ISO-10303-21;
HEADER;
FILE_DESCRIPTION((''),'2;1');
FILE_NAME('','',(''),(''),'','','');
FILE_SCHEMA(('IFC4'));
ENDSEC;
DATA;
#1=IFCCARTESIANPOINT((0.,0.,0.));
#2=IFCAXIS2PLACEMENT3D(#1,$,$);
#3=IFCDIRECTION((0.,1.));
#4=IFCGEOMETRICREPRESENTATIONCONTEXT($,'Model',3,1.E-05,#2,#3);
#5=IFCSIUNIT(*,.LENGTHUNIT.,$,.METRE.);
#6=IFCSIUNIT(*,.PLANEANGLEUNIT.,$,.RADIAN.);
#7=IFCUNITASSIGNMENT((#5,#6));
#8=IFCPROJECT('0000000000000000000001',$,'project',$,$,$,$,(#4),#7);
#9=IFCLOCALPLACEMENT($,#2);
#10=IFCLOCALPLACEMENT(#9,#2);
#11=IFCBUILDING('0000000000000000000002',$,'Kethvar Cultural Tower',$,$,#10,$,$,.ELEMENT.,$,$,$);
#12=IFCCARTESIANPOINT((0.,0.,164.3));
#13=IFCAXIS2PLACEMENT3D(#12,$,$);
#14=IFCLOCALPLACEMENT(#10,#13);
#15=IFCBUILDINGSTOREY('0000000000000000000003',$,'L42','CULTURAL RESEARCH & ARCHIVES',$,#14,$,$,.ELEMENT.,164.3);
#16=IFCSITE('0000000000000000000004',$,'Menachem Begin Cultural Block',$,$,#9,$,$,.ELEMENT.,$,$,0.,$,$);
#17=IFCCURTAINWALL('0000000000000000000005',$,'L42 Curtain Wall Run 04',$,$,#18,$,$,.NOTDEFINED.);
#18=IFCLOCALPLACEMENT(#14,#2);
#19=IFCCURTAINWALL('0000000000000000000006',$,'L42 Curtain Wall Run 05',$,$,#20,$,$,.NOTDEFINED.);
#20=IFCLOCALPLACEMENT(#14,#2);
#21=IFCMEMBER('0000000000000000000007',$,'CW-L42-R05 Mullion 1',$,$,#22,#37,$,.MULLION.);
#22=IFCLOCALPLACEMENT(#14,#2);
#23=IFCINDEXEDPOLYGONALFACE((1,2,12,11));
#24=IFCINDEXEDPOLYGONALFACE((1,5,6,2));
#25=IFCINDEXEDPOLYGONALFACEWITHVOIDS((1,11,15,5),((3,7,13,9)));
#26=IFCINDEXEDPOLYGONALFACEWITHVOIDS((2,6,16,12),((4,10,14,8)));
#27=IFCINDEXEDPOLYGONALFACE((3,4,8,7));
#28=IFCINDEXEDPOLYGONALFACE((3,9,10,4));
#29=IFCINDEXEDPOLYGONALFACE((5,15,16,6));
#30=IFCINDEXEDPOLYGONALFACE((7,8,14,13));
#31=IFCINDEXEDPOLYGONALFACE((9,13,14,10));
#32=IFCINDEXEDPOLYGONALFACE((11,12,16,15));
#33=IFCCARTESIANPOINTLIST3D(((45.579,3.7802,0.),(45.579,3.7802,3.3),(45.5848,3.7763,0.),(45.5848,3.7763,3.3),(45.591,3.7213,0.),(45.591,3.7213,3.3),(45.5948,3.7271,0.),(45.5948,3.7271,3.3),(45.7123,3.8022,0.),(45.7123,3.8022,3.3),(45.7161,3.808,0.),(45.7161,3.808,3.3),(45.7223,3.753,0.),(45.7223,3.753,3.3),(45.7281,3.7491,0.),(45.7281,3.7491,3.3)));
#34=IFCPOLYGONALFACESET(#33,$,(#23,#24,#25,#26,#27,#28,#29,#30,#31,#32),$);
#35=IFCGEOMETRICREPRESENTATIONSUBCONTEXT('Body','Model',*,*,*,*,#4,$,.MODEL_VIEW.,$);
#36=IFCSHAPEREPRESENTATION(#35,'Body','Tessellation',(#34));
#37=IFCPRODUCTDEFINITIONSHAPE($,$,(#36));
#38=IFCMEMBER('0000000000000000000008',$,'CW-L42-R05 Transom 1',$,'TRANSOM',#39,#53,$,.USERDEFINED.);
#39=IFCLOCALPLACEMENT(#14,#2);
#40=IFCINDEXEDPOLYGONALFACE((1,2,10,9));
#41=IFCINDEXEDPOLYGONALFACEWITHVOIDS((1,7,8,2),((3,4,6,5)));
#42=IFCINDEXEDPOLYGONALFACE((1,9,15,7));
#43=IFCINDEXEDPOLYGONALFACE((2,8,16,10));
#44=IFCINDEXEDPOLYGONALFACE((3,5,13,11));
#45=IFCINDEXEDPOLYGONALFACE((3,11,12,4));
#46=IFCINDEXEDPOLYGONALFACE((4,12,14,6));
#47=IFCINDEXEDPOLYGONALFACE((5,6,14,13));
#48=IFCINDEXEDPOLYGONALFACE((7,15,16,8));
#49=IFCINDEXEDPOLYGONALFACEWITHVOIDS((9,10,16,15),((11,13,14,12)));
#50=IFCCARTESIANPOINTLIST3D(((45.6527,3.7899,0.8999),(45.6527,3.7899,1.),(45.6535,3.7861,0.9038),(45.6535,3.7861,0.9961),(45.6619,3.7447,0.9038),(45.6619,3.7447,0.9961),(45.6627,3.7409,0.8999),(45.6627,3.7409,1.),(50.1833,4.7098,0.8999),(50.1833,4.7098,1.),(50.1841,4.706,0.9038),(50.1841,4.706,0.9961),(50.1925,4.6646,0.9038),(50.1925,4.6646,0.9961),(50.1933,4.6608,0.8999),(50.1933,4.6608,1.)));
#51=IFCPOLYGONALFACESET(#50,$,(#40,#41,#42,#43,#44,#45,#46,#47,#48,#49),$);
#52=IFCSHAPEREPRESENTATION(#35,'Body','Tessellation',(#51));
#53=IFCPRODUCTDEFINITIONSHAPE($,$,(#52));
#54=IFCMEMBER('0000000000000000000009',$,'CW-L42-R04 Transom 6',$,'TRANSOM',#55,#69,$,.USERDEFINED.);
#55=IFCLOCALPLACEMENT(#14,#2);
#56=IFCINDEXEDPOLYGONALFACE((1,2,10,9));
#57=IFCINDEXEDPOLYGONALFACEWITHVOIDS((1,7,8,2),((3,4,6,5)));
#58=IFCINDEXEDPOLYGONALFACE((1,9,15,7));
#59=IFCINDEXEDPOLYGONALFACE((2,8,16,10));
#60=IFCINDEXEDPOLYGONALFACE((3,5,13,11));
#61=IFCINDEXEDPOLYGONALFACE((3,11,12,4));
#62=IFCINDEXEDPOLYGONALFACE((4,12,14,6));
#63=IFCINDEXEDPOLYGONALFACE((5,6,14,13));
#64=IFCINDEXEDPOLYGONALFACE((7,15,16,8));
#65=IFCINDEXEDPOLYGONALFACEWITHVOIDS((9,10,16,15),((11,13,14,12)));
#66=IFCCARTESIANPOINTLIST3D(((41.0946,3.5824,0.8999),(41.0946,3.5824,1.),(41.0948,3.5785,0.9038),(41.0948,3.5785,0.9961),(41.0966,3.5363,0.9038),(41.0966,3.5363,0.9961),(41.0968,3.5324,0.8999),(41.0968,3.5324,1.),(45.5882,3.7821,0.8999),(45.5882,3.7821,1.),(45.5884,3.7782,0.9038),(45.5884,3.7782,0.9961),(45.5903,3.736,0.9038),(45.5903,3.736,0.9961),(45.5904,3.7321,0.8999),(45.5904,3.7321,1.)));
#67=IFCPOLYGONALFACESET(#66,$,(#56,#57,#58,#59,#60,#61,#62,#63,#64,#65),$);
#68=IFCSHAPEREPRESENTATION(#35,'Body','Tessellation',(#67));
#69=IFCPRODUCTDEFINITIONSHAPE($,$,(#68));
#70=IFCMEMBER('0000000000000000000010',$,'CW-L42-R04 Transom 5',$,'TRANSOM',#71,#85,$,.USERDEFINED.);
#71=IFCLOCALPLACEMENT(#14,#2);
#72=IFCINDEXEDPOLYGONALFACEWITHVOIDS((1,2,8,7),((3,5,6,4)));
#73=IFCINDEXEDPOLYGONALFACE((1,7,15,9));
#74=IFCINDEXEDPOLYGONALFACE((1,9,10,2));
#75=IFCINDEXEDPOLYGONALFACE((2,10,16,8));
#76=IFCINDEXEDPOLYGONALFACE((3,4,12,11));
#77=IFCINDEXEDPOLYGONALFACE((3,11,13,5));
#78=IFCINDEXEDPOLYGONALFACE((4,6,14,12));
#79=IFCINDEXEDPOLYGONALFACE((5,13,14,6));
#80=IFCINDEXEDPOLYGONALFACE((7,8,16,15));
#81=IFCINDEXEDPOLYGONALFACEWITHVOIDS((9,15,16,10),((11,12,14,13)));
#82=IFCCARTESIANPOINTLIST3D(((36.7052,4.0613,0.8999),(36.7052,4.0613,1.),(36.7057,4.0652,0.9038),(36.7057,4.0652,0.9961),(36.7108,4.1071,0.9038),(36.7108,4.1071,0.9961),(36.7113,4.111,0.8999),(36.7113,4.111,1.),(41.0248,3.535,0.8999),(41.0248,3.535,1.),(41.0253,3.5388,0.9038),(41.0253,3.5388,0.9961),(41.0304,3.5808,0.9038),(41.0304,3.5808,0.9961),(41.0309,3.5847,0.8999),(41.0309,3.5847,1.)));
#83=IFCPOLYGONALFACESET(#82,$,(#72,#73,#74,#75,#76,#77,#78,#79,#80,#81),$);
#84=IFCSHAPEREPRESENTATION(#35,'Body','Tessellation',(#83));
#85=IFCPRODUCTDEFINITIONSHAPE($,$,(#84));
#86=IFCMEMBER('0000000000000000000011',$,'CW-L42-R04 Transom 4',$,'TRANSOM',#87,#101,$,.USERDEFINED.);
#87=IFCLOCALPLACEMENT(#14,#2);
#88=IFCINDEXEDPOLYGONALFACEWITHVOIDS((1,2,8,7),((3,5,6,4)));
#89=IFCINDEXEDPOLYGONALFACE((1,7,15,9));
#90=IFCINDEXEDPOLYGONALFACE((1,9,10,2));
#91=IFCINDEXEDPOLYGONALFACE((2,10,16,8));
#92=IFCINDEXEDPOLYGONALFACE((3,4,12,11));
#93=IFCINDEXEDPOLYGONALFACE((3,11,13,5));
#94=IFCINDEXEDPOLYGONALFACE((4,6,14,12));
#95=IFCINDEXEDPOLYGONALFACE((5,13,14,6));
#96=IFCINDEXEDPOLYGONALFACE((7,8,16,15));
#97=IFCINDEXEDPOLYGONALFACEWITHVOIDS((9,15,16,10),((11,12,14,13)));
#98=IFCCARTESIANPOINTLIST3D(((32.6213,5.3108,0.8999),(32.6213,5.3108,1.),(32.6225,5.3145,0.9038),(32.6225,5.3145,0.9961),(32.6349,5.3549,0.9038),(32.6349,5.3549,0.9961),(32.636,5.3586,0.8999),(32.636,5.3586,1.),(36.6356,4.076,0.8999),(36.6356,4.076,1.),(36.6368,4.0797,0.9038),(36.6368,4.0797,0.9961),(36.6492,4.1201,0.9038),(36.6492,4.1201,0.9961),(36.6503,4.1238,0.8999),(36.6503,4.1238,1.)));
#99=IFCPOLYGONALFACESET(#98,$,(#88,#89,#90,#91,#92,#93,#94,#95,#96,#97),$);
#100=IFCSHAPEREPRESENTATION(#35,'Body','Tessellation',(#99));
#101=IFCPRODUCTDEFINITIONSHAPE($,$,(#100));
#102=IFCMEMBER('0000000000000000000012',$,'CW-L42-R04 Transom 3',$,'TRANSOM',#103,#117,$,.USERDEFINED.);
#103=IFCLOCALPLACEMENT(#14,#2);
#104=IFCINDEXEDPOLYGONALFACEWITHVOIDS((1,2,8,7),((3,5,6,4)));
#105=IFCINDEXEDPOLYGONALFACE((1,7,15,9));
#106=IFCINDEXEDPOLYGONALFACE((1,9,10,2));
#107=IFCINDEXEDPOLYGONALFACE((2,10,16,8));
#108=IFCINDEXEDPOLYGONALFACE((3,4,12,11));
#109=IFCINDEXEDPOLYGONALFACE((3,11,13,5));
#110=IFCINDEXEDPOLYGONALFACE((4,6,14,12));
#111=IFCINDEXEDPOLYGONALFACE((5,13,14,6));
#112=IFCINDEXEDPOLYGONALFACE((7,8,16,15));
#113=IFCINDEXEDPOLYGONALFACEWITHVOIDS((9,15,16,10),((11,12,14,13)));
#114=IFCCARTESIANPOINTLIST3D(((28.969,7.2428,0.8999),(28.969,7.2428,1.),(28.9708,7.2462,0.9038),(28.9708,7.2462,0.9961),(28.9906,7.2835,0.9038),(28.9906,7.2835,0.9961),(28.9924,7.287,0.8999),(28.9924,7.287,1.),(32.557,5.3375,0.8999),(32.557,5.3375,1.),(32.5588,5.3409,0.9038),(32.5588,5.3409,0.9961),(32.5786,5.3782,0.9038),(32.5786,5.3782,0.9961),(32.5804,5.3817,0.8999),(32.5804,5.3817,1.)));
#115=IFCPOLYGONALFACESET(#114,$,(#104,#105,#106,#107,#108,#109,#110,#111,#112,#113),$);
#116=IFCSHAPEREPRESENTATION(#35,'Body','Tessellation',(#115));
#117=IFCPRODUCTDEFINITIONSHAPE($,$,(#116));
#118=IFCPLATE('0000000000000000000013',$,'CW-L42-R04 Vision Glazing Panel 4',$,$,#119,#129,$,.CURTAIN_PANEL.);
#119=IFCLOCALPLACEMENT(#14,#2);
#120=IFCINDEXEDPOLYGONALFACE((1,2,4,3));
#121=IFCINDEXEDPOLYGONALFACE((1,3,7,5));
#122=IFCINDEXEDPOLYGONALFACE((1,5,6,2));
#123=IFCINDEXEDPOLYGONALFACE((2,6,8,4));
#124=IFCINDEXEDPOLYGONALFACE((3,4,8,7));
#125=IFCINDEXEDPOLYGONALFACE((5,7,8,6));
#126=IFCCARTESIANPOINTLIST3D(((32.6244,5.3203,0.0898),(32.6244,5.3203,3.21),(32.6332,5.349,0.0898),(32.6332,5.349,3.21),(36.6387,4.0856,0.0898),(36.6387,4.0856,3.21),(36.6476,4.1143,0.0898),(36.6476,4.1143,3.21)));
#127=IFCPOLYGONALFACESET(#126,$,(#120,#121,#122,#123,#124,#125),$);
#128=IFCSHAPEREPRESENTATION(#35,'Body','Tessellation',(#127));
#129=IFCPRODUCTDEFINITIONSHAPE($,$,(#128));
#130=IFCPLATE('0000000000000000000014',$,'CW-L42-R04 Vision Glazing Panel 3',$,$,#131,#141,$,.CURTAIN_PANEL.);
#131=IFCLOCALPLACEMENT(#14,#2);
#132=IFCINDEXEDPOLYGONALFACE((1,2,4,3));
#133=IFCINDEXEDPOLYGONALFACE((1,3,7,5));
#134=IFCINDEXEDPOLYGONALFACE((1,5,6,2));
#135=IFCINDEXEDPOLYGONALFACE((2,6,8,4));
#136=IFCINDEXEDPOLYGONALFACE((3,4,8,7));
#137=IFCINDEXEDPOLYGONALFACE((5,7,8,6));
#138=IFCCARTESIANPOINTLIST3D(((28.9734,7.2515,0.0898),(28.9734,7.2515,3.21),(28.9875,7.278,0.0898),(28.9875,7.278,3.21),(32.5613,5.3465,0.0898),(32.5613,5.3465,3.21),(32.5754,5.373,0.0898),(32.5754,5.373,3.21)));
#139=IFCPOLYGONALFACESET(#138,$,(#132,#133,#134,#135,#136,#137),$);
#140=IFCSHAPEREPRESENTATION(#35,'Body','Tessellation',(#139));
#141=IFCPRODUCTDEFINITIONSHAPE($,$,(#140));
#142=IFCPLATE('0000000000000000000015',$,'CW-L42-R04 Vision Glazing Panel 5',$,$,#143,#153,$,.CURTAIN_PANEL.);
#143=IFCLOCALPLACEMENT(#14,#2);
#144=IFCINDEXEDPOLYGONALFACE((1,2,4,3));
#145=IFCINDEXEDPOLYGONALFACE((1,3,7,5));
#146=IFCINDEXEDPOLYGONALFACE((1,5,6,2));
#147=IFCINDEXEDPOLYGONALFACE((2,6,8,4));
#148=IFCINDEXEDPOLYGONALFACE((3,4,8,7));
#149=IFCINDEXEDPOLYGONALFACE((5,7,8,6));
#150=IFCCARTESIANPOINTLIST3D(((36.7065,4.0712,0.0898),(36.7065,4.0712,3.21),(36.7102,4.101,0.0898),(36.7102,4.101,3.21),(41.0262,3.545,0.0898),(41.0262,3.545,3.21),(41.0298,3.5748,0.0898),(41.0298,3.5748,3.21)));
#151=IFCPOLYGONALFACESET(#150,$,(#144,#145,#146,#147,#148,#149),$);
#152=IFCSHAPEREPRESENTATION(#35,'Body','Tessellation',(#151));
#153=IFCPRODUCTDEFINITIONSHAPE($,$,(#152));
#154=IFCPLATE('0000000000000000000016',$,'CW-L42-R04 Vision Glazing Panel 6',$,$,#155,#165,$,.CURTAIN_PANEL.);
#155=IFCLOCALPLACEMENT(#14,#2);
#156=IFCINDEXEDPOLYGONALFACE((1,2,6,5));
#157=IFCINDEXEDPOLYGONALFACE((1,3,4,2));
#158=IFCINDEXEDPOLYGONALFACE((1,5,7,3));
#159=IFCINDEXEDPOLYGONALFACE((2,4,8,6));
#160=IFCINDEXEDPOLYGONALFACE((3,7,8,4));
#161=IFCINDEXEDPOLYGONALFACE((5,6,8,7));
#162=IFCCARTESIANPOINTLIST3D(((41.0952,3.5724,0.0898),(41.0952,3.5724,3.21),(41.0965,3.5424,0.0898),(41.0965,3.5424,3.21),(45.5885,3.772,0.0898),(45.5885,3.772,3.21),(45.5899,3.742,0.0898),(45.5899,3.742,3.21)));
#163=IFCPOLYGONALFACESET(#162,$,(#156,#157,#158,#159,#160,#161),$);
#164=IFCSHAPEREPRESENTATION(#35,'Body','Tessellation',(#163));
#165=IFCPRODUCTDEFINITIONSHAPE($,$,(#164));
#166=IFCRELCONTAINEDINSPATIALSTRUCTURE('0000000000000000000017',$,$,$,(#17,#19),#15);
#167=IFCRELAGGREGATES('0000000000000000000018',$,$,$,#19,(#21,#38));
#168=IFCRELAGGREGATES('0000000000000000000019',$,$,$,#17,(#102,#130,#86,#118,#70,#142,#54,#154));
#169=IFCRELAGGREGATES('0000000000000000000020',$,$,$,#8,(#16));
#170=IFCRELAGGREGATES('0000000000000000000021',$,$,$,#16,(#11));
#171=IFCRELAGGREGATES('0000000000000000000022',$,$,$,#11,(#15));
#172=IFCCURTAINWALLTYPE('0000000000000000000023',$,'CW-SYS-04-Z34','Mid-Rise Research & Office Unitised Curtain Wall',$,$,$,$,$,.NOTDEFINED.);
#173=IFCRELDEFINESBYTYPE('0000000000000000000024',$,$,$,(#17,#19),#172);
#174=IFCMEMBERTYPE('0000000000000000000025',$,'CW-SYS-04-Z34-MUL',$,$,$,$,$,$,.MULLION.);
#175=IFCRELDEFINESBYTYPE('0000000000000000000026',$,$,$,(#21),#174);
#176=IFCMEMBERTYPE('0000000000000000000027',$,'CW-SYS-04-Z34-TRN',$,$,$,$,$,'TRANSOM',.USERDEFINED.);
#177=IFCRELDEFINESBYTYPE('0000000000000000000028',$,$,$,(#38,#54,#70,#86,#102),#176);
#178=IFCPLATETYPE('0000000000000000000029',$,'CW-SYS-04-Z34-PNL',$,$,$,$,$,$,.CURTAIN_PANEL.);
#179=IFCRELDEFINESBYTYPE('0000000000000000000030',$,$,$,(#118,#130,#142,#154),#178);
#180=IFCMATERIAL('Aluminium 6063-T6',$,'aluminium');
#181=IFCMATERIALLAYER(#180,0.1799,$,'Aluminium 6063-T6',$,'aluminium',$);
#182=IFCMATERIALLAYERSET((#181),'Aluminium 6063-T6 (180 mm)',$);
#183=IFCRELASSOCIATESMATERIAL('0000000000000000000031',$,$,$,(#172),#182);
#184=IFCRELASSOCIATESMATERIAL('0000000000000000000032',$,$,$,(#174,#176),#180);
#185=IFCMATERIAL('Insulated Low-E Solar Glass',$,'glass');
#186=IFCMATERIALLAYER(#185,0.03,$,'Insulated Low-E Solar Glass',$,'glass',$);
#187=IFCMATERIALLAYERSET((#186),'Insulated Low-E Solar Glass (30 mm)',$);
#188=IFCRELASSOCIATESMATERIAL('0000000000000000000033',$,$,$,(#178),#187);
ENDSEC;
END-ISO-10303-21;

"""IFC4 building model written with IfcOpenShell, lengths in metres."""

from ifc_helpers import new_model, si_unit, direction, frame, origin, origin_2d, place, context, subcontext, project, spatial, rectangle, hollow_rectangle, extrude, source, transform, mapped, material, layer, layer_set, material_profile, profile_set, type_object, element, aggregate, save


model = new_model("IFC4")

# Units and contexts
model_context = context("Model", 3, precision=1e-05, world=origin(), true_north=direction((0.0, 1.0)))
body_context = subcontext(model_context, "Body", "Model", "MODEL_VIEW")
ifc_project = project(units=[si_unit("LENGTHUNIT", "METRE"), si_unit("PLANEANGLEUNIT", "RADIAN")], contexts=[model_context])

# Site, building, storey
site_placement = place(None, origin())
site = spatial("IfcSite", under=ifc_project, at=site_placement, Name="Menachem Begin Cultural Block", CompositionType="ELEMENT", RefElevation=0.0)
building_placement = place(site_placement, origin())
building = spatial("IfcBuilding", under=site, at=building_placement, Name="Kethvar Cultural Tower", CompositionType="ELEMENT")
storey_placement = place(building_placement, frame((0.0, 0.0, 164.3)))
storey = spatial("IfcBuildingStorey", under=building, at=storey_placement, Name="L42", Description="CULTURAL RESEARCH & ARCHIVES", CompositionType="ELEMENT", Elevation=164.3)

# Curtain walls, members
ifc_material_1 = material(Name="Aluminium 6063-T6", Category="aluminium")
ifc_layer_1 = layer(ifc_material_1, 0.1799, Name="Aluminium 6063-T6", Category="aluminium")
ifc_layer_set_1 = layer_set([ifc_layer_1], Name="Aluminium 6063-T6 (180 mm)")
curtain_wall_type = type_object("IfcCurtainWallType", Name="CW-SYS-04-Z34", Description="Mid-Rise Research & Office Unitised Curtain Wall", PredefinedType="NOTDEFINED", material=ifc_layer_set_1)
curtain_wall_1_placement = place(storey_placement, origin())
curtain_wall_1 = element("IfcCurtainWall", 1, at=curtain_wall_1_placement, inside=storey, type_object=curtain_wall_type, Name="L42 Curtain Wall Run 04", PredefinedType="NOTDEFINED")
ifc_material_profile_1 = material_profile(ifc_material_1, hollow_rectangle(XDim=0.0601, YDim=0.1399, WallThickness=0.0049, at=origin_2d()), Name="Aluminium 6063-T6 — RHS140x60x5")
ifc_profile_set_1 = profile_set([ifc_material_profile_1], Name="Aluminium 6063-T6 — RHS140x60x5")
member_type_1 = type_object("IfcMemberType", Name="CW-SYS-04-Z34-MUL", PredefinedType="MULLION", material=ifc_profile_set_1)
shared_shape_1 = source(origin(), body_context, "Body", "SweptSolid", [
    extrude(hollow_rectangle(XDim=0.0601, YDim=0.1399, WallThickness=0.0049, at=origin_2d()), origin(), (0.0, 0.0, 1.0), 3.3),
])
curtain_wall_2_placement = place(storey_placement, origin())
curtain_wall_2 = element("IfcCurtainWall", 2, at=curtain_wall_2_placement, inside=storey, type_object=curtain_wall_type, Name="L42 Curtain Wall Run 05", PredefinedType="NOTDEFINED")
member_1_placement = place(storey_placement, frame((45.6536, 3.7646, 0.0), z_axis=(0.0, 0.0, 1.0), x_axis=(-0.199009, 0.979998, 0.0)))
member_1 = element("IfcMember", 3, at=member_1_placement, type_object=member_type_1, Name="CW-L42-R05 Mullion 1", PredefinedType="MULLION", context=body_context, shape_type="MappedRepresentation", body=[
    mapped(shared_shape_1, transform((0.0, 0.0, 0.0), scale=1.0)),
])
ifc_material_profile_2 = material_profile(ifc_material_1, hollow_rectangle(XDim=0.05, YDim=0.1001, WallThickness=0.0039, at=origin_2d()), Name="Aluminium 6063-T6 — RHS100x50x4")
ifc_profile_set_2 = profile_set([ifc_material_profile_2], Name="Aluminium 6063-T6 — RHS100x50x4")
member_type_2 = type_object("IfcMemberType", Name="CW-SYS-04-Z34-TRN", ElementType="TRANSOM", PredefinedType="USERDEFINED", material=ifc_profile_set_2)
shared_shape_2 = source(origin(), body_context, "Body", "SweptSolid", [
    extrude(hollow_rectangle(XDim=0.05, YDim=0.1001, WallThickness=0.0039, at=origin_2d()), origin(), (0.0, 0.0, 1.0), 4.623),
])
member_2_placement = place(storey_placement, frame((45.6577, 3.7654, 0.95), z_axis=(0.980002, 0.198989, 0.0), x_axis=(-0.198989, 0.980002, 0.0)))
member_2 = element("IfcMember", 4, at=member_2_placement, type_object=member_type_2, Name="CW-L42-R05 Transom 1", ObjectType="TRANSOM", PredefinedType="USERDEFINED", context=body_context, shape_type="MappedRepresentation", body=[
    mapped(shared_shape_2, transform((0.0, 0.0, 0.0), scale=1.0)),
])
aggregate(curtain_wall_2, [member_1, member_2])

# Members
shared_shape_3 = source(origin(), body_context, "Body", "SweptSolid", [
    extrude(hollow_rectangle(XDim=0.05, YDim=0.1001, WallThickness=0.0039, at=origin_2d()), origin(), (0.0, 0.0, 1.0), 4.498),
])
member_3_placement = place(storey_placement, frame((41.0957, 3.5574, 0.95), z_axis=(0.999014, 0.044398, 0.0), x_axis=(-0.044398, 0.999014, 0.0)))
member_3 = element("IfcMember", 5, at=member_3_placement, type_object=member_type_2, Name="CW-L42-R04 Transom 6", ObjectType="TRANSOM", PredefinedType="USERDEFINED", context=body_context, shape_type="MappedRepresentation", body=[
    mapped(shared_shape_3, transform((0.0, 0.0, 0.0), scale=1.0)),
])
shared_shape_4 = source(origin(), body_context, "Body", "SweptSolid", [
    extrude(hollow_rectangle(XDim=0.05, YDim=0.1001, WallThickness=0.0039, at=origin_2d()), origin(), (0.0, 0.0, 1.0), 4.3516),
])
member_4_placement = place(storey_placement, frame((36.7083, 4.0862, 0.95), z_axis=(0.992657, -0.120961, 0.0), x_axis=(0.120961, 0.992657, 0.0)))
member_4 = element("IfcMember", 6, at=member_4_placement, type_object=member_type_2, Name="CW-L42-R04 Transom 5", ObjectType="TRANSOM", PredefinedType="USERDEFINED", context=body_context, shape_type="MappedRepresentation", body=[
    mapped(shared_shape_4, transform((0.0, 0.0, 0.0), scale=1.0)),
])
shared_shape_5 = source(origin(), body_context, "Body", "SweptSolid", [
    extrude(hollow_rectangle(XDim=0.05, YDim=0.1001, WallThickness=0.0039, at=origin_2d()), origin(), (0.0, 0.0, 1.0), 4.2),
])
member_5_placement = place(storey_placement, frame((32.6287, 5.3347, 0.95), z_axis=(0.955802, -0.294012, 0.0), x_axis=(0.294012, 0.955802, 0.0)))
member_5 = element("IfcMember", 7, at=member_5_placement, type_object=member_type_2, Name="CW-L42-R04 Transom 4", ObjectType="TRANSOM", PredefinedType="USERDEFINED", context=body_context, shape_type="MappedRepresentation", body=[
    mapped(shared_shape_5, transform((0.0, 0.0, 0.0), scale=1.0)),
])
shared_shape_6 = source(origin(), body_context, "Body", "SweptSolid", [
    extrude(hollow_rectangle(XDim=0.05, YDim=0.1001, WallThickness=0.0039, at=origin_2d()), origin(), (0.0, 0.0, 1.0), 4.0625),
])
member_6_placement = place(storey_placement, frame((28.9807, 7.2649, 0.95), z_axis=(0.883197, -0.469003, 0.0), x_axis=(0.469003, 0.883197, 0.0)))
member_6 = element("IfcMember", 8, at=member_6_placement, type_object=member_type_2, Name="CW-L42-R04 Transom 3", ObjectType="TRANSOM", PredefinedType="USERDEFINED", context=body_context, shape_type="MappedRepresentation", body=[
    mapped(shared_shape_6, transform((0.0, 0.0, 0.0), scale=1.0)),
])

# Plates
ifc_material_2 = material(Name="Insulated Low-E Solar Glass", Category="glass")
ifc_layer_2 = layer(ifc_material_2, 0.03, Name="Insulated Low-E Solar Glass", Category="glass")
ifc_layer_set_2 = layer_set([ifc_layer_2], Name="Insulated Low-E Solar Glass (30 mm)")
plate_type = type_object("IfcPlateType", Name="CW-SYS-04-Z34-PNL", PredefinedType="CURTAIN_PANEL", material=ifc_layer_set_2)
shared_shape_7 = source(origin(), body_context, "Body", "SweptSolid", [
    extrude(rectangle(XDim=4.2, YDim=0.03, at=origin_2d()), origin(), (0.0, 0.0, 1.0), 3.1201),
])
plate_1_placement = place(storey_placement, frame((34.636, 4.7173, 0.0898), z_axis=(0.0, 0.0, 1.0), x_axis=(0.955808, -0.29399, 0.0)))
plate_1 = element("IfcPlate", 9, at=plate_1_placement, type_object=plate_type, Name="CW-L42-R04 Vision Glazing Panel 4", PredefinedType="CURTAIN_PANEL", context=body_context, shape_type="MappedRepresentation", body=[
    mapped(shared_shape_7, transform((0.0, 0.0, 0.0), scale=1.0)),
])
shared_shape_8 = source(origin(), body_context, "Body", "SweptSolid", [
    extrude(rectangle(XDim=4.0623, YDim=0.03, at=origin_2d()), origin(), (0.0, 0.0, 1.0), 3.1201),
])
plate_2_placement = place(storey_placement, frame((30.7744, 6.3123, 0.0898), z_axis=(0.0, 0.0, 1.0), x_axis=(0.883218, -0.468963, 0.0)))
plate_2 = element("IfcPlate", 10, at=plate_2_placement, type_object=plate_type, Name="CW-L42-R04 Vision Glazing Panel 3", PredefinedType="CURTAIN_PANEL", context=body_context, shape_type="MappedRepresentation", body=[
    mapped(shared_shape_8, transform((0.0, 0.0, 0.0), scale=1.0)),
])
shared_shape_9 = source(origin(), body_context, "Body", "SweptSolid", [
    extrude(rectangle(XDim=4.3516, YDim=0.03, at=origin_2d()), origin(), (0.0, 0.0, 1.0), 3.1201),
])
plate_3_placement = place(storey_placement, frame((38.8682, 3.823, 0.0898), z_axis=(0.0, 0.0, 1.0), x_axis=(0.992663, -0.120917, 0.0)))
plate_3 = element("IfcPlate", 11, at=plate_3_placement, type_object=plate_type, Name="CW-L42-R04 Vision Glazing Panel 5", PredefinedType="CURTAIN_PANEL", context=body_context, shape_type="MappedRepresentation", body=[
    mapped(shared_shape_9, transform((0.0, 0.0, 0.0), scale=1.0)),
])
shared_shape_10 = source(origin(), body_context, "Body", "SweptSolid", [
    extrude(rectangle(XDim=4.4978, YDim=0.03, at=origin_2d()), origin(), (0.0, 0.0, 1.0), 3.1201),
])
plate_4_placement = place(storey_placement, frame((43.3425, 3.6572, 0.0898), z_axis=(0.0, 0.0, 1.0), x_axis=(0.999014, 0.044387, 0.0)))
plate_4 = element("IfcPlate", 12, at=plate_4_placement, type_object=plate_type, Name="CW-L42-R04 Vision Glazing Panel 6", PredefinedType="CURTAIN_PANEL", context=body_context, shape_type="MappedRepresentation", body=[
    mapped(shared_shape_10, transform((0.0, 0.0, 0.0), scale=1.0)),
])
aggregate(curtain_wall_1, [member_6, plate_2, member_5, plate_1, member_4, plate_3, member_3, plate_4])

save(model, "model.ifc")
